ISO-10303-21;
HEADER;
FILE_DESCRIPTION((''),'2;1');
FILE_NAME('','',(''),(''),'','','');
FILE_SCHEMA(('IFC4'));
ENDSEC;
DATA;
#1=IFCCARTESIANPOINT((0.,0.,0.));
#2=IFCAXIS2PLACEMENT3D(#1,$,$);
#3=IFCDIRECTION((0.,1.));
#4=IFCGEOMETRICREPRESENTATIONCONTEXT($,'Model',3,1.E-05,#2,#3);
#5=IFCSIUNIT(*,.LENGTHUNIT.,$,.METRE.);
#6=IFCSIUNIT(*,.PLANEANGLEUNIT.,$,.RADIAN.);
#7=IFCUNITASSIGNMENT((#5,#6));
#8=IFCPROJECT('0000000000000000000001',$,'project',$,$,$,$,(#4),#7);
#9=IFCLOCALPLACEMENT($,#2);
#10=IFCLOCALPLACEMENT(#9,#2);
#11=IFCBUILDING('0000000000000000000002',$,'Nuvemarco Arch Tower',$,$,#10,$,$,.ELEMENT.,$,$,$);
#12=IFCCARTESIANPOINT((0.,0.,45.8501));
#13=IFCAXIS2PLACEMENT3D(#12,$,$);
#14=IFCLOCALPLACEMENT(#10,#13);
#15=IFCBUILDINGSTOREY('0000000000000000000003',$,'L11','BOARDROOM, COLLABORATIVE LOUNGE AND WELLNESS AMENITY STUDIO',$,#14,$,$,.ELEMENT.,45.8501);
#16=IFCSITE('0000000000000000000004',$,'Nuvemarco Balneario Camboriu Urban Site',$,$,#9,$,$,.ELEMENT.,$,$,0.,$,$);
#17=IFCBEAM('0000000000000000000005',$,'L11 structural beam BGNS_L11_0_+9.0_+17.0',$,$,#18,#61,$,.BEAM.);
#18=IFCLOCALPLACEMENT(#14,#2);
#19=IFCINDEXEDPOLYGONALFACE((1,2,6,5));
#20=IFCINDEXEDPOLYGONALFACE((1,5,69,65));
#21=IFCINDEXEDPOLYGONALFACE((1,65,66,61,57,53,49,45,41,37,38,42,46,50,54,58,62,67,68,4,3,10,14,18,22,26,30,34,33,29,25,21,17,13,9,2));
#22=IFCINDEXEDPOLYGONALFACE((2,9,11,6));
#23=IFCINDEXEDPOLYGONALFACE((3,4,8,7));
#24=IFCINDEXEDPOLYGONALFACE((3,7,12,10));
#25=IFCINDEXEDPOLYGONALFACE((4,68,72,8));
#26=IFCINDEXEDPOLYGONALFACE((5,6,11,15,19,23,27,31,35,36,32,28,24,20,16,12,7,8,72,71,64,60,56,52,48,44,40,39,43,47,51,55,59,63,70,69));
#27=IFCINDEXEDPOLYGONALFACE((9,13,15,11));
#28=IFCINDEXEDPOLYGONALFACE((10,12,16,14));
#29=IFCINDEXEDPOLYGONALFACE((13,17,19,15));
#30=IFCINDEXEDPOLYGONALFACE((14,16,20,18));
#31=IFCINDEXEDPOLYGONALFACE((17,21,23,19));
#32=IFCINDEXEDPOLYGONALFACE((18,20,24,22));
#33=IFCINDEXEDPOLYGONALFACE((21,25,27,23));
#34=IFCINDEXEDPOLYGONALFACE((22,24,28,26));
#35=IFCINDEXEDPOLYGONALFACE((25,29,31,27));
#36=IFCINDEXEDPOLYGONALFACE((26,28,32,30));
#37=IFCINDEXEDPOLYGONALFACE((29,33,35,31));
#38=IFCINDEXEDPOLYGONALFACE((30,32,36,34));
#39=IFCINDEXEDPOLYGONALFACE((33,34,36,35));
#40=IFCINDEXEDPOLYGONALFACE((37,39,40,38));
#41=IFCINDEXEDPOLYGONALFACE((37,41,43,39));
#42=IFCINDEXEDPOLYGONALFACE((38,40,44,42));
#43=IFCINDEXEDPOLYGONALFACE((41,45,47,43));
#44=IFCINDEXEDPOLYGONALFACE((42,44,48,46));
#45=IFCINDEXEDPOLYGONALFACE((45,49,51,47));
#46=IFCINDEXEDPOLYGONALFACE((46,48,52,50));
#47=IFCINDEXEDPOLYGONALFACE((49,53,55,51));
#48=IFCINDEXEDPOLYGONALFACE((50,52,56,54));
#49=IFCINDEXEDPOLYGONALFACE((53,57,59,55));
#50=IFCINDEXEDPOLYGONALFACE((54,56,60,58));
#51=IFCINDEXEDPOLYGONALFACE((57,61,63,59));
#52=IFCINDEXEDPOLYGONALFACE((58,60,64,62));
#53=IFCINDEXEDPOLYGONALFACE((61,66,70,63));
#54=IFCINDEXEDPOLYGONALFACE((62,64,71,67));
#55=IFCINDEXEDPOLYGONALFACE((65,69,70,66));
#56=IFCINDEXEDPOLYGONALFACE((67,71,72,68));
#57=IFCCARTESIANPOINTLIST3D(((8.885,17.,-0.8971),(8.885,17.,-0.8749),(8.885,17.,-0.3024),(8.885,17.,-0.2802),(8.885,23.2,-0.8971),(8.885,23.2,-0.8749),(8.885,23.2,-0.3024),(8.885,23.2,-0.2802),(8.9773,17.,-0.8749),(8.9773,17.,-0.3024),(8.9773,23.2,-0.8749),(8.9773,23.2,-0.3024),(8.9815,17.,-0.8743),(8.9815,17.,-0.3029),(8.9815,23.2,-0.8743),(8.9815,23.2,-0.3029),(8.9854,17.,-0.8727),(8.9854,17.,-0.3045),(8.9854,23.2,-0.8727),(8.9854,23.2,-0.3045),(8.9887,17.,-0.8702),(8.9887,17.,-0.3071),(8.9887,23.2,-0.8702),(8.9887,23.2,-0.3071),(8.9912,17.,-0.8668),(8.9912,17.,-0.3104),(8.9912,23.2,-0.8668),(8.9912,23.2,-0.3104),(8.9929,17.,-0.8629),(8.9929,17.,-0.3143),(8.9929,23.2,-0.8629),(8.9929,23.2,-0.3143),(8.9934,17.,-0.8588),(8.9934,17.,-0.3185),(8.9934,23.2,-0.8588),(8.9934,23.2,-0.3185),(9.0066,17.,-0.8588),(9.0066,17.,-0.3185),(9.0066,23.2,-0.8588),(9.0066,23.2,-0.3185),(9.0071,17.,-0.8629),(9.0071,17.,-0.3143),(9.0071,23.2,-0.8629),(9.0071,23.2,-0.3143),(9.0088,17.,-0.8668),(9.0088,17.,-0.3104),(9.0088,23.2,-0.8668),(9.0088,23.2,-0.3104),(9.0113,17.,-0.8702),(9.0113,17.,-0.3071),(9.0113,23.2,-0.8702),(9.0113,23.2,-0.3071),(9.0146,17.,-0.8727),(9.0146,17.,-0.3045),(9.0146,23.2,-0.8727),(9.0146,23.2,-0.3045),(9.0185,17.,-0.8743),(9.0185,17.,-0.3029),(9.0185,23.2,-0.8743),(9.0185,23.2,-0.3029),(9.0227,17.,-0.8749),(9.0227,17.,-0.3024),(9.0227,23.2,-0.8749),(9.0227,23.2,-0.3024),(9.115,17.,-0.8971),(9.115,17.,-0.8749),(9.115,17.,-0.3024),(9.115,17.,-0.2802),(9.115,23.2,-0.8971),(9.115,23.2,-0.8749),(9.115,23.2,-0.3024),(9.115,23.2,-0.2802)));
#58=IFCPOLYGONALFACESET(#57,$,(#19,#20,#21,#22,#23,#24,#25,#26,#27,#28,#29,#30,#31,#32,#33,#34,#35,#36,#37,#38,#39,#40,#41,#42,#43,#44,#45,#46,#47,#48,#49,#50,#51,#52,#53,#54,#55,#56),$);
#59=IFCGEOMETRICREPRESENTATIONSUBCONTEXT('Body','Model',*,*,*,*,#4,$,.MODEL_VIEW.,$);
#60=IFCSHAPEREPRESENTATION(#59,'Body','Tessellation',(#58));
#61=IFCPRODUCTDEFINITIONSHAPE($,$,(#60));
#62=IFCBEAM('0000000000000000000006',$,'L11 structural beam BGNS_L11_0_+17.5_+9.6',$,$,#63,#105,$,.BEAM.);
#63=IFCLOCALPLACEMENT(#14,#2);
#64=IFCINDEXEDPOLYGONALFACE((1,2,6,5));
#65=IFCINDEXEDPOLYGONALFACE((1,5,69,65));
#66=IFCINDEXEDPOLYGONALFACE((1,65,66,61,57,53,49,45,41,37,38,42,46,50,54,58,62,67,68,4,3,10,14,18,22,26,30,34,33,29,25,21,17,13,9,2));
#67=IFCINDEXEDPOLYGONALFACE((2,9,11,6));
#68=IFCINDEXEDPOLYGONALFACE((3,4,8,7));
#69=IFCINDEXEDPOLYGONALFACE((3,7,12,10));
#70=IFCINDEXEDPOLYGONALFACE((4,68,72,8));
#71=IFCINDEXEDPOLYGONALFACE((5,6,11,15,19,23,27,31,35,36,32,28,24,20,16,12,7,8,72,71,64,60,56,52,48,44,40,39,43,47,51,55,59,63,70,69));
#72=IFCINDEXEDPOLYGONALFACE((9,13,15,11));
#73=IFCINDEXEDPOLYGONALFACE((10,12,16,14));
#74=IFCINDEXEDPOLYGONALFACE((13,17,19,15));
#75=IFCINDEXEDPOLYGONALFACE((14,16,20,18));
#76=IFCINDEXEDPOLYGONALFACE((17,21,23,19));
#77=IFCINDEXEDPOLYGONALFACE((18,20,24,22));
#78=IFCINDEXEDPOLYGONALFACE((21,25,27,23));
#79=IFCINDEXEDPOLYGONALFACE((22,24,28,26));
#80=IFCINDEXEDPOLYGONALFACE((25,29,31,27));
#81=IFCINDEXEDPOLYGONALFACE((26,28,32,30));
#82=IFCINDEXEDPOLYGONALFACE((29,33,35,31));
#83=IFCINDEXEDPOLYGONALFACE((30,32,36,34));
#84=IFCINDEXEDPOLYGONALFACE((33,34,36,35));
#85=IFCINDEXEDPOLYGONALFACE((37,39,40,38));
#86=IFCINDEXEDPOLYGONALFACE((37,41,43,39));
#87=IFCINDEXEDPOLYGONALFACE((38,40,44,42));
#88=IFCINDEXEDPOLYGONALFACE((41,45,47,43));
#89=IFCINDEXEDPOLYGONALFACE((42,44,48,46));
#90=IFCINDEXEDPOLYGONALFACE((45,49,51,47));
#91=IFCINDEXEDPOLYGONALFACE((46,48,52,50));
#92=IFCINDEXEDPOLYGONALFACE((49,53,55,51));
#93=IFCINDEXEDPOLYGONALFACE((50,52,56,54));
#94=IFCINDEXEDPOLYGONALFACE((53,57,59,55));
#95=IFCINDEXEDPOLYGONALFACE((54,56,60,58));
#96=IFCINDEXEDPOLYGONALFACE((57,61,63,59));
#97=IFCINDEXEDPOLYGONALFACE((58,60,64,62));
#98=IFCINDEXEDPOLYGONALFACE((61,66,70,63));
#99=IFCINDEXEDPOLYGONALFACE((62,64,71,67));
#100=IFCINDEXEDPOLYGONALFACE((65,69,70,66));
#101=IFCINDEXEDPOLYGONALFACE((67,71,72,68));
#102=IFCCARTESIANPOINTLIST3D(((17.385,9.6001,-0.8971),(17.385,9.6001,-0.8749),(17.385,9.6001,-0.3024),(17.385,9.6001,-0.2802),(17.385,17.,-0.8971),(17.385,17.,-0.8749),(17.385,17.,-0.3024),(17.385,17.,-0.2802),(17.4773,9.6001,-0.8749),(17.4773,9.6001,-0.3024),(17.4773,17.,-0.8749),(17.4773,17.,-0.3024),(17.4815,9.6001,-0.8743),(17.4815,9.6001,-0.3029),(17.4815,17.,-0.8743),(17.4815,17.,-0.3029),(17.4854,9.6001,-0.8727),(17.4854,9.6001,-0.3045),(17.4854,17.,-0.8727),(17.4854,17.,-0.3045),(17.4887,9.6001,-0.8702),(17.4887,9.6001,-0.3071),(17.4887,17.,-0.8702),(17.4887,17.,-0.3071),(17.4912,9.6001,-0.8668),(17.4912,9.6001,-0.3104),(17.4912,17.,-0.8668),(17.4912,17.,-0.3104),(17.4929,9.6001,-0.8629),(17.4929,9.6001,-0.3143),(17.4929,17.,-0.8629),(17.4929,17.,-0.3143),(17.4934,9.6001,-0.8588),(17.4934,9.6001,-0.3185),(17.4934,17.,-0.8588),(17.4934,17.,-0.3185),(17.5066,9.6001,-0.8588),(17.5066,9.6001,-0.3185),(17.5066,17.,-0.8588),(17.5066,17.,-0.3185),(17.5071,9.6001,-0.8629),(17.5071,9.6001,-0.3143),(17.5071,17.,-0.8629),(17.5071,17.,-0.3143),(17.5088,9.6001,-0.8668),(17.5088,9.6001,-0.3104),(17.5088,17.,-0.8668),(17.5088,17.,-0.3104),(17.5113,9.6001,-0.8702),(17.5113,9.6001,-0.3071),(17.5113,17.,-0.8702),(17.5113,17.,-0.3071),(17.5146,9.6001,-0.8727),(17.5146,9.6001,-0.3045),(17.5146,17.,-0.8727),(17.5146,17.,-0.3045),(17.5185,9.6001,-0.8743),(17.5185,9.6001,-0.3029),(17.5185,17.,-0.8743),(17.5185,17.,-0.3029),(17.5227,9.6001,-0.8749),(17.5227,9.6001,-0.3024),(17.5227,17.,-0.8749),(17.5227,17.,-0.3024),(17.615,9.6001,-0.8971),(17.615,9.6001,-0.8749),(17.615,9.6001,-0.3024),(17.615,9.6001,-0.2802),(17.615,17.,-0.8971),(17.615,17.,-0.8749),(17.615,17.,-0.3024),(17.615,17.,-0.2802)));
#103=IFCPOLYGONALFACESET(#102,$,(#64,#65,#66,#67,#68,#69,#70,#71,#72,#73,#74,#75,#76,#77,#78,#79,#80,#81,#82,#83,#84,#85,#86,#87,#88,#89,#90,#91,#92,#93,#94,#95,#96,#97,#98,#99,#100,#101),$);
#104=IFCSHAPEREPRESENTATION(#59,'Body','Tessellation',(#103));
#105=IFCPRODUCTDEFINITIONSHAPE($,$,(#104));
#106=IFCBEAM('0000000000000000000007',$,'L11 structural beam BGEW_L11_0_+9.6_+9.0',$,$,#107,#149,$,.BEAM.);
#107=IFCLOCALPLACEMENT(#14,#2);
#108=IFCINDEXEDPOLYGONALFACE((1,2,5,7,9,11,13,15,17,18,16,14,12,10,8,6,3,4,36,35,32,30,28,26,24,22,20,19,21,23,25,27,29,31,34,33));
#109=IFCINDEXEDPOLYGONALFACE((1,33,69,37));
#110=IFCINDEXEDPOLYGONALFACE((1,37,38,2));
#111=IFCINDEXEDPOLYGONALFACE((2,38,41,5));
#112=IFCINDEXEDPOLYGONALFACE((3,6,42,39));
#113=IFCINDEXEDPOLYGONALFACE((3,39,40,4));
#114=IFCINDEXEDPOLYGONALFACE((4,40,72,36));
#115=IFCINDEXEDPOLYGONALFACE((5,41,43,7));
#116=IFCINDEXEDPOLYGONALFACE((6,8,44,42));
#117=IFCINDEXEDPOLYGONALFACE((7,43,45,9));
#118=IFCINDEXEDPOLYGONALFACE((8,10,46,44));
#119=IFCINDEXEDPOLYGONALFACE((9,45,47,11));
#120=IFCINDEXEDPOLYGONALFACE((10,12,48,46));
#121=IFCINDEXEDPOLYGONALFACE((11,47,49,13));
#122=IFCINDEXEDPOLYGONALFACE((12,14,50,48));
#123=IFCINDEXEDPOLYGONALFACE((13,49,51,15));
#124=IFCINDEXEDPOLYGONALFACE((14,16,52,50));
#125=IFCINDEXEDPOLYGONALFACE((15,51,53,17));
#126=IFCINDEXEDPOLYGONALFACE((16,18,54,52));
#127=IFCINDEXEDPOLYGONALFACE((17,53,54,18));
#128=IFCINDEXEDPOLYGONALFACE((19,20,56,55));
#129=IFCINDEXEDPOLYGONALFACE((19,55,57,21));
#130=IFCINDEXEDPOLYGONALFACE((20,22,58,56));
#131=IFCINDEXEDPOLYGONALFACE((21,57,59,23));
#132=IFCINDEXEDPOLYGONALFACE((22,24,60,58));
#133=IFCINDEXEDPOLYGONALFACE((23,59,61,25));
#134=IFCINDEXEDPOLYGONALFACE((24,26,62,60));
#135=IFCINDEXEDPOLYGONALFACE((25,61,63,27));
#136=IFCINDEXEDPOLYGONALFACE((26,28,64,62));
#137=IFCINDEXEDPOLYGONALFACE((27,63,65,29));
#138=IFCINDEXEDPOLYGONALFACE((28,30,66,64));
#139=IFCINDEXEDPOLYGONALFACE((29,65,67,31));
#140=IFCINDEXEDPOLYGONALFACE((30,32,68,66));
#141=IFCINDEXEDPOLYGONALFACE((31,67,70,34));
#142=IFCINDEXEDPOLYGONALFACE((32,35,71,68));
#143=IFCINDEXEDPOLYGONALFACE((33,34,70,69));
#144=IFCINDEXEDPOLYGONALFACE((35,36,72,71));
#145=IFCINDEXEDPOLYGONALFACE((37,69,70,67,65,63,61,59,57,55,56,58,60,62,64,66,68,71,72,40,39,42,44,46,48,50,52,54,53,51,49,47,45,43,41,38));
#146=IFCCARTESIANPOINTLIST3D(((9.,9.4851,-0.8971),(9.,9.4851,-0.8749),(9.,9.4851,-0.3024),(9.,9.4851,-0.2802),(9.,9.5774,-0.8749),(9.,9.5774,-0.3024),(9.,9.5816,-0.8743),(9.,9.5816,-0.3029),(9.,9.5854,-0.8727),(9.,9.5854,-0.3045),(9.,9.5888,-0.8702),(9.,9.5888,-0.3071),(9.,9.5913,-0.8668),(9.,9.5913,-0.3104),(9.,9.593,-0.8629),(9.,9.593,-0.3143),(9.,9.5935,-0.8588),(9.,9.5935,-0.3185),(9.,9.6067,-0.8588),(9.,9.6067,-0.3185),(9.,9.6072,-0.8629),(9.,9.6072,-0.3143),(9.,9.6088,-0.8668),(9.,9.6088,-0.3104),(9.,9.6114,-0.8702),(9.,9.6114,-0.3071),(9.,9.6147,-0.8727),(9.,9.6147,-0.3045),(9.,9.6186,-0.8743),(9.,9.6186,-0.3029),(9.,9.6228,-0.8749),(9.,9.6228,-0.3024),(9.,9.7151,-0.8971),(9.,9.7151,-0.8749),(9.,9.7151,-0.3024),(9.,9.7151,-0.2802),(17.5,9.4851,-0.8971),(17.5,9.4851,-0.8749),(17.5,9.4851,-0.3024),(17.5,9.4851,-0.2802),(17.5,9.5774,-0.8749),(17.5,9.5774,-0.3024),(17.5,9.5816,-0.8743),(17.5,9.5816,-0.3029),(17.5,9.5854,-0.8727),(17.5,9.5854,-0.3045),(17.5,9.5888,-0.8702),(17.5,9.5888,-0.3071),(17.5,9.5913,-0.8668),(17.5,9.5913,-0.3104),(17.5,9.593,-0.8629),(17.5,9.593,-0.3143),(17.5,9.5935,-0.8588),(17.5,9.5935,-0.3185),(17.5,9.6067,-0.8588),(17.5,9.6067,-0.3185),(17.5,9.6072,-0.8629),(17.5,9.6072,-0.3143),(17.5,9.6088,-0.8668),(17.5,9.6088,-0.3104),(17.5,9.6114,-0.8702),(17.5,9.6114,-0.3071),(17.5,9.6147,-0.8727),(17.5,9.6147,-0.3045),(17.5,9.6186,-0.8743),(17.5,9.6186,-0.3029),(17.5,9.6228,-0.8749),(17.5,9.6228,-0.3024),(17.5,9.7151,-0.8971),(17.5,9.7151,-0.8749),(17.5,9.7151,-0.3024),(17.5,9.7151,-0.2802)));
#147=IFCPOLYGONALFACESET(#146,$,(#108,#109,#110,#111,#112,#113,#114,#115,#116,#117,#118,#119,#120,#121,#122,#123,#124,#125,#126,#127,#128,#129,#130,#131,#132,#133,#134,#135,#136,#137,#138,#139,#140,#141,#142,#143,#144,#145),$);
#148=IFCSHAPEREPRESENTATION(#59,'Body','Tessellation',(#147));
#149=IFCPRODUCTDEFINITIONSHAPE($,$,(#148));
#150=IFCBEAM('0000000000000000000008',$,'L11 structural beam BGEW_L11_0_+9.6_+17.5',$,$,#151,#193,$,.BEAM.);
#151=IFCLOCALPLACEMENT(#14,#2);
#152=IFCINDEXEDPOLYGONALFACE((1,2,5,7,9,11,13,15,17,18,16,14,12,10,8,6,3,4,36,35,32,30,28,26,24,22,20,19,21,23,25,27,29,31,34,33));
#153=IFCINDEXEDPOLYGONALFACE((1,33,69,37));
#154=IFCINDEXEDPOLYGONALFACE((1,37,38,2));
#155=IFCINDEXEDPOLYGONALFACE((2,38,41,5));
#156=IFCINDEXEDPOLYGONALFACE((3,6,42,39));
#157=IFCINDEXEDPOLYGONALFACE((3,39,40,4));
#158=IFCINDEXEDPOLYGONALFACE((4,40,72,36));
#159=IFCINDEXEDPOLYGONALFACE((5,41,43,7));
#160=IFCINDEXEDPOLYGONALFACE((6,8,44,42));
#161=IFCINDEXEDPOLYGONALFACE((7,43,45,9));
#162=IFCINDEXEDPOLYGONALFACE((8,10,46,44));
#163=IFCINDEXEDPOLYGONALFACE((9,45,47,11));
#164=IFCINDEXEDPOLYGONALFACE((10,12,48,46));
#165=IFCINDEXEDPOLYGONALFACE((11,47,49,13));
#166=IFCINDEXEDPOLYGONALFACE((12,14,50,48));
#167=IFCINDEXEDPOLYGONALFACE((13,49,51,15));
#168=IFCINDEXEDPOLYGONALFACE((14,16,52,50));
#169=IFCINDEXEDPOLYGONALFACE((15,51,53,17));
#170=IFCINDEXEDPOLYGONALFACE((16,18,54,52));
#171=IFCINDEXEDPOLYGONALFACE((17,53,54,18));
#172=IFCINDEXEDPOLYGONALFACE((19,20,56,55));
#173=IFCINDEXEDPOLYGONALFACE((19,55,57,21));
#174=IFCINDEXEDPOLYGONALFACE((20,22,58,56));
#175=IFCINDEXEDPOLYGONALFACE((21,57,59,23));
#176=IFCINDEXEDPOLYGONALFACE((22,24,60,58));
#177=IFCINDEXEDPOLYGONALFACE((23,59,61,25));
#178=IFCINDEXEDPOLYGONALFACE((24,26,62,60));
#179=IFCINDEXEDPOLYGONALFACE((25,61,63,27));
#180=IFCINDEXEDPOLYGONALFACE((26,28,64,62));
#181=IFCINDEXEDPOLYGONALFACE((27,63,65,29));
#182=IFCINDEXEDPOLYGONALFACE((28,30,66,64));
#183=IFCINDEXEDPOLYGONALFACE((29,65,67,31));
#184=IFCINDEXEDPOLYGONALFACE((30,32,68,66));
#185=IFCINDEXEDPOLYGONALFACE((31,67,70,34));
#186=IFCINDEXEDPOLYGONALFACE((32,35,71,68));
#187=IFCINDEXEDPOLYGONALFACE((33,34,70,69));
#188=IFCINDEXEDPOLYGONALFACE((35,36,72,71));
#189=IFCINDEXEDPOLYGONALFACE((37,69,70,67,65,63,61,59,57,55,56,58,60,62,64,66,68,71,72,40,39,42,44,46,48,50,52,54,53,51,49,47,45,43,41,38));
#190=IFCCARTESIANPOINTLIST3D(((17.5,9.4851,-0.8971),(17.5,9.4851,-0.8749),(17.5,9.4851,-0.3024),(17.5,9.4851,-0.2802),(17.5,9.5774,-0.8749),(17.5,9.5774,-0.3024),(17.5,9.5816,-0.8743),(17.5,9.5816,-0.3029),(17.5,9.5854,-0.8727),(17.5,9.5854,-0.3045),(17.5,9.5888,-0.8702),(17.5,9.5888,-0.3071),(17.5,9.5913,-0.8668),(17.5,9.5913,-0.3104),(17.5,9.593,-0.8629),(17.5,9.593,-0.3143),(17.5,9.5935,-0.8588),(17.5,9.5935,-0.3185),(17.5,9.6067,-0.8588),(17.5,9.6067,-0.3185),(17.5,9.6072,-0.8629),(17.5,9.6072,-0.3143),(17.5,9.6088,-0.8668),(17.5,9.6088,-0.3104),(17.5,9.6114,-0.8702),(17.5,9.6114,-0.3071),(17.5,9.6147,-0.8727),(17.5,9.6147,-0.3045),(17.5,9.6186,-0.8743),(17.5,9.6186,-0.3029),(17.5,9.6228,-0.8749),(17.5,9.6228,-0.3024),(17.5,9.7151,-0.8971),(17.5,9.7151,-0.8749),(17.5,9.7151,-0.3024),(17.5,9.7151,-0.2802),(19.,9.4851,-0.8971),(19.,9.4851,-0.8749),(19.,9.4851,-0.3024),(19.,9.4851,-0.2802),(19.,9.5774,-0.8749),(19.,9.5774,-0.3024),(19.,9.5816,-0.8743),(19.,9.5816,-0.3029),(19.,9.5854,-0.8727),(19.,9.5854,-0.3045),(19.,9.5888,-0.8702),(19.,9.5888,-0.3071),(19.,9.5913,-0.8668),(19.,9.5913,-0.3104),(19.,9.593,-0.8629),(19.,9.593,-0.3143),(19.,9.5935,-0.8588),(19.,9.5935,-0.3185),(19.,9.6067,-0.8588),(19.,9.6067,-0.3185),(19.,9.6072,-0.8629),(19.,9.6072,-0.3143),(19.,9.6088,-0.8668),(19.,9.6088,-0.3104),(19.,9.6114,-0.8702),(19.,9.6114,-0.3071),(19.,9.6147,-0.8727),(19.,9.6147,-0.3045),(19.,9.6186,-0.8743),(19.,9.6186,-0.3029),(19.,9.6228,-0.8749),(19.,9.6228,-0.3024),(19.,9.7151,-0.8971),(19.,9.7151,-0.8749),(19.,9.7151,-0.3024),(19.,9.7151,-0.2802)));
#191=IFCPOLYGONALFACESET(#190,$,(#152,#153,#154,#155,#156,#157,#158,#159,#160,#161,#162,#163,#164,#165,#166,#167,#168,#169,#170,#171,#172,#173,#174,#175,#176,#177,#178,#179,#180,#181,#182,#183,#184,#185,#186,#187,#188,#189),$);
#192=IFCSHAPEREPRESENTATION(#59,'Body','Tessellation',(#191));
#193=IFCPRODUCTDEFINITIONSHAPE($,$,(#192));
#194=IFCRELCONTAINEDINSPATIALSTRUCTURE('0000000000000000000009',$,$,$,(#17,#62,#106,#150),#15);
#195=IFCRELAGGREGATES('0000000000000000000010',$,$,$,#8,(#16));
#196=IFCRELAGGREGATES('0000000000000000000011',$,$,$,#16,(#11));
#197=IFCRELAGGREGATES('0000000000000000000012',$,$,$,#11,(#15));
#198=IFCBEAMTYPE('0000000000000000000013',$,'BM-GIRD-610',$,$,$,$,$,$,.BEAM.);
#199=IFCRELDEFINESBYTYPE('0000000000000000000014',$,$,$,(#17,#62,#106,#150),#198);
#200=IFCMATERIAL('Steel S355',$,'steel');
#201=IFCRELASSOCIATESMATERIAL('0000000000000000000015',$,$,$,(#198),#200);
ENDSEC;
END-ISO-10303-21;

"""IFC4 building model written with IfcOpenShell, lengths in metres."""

from ifc_helpers import new_model, si_unit, direction, frame, origin, origin_2d, place, context, subcontext, project, spatial, i_section, extrude, material, material_profile, profile_set, type_object, element, save


model = new_model("IFC4")

# Units and contexts
model_context = context("Model", 3, precision=1e-05, world=origin(), true_north=direction((0.0, 1.0)))
body_context = subcontext(model_context, "Body", "Model", "MODEL_VIEW")
ifc_project = project(units=[si_unit("LENGTHUNIT", "METRE"), si_unit("PLANEANGLEUNIT", "RADIAN")], contexts=[model_context])

# Site, building, storey
site_placement = place(None, origin())
site = spatial("IfcSite", under=ifc_project, at=site_placement, Name="Nuvemarco Balneario Camboriu Urban Site", CompositionType="ELEMENT", RefElevation=0.0)
building_placement = place(site_placement, origin())
building = spatial("IfcBuilding", under=site, at=building_placement, Name="Nuvemarco Arch Tower", CompositionType="ELEMENT")
storey_placement = place(building_placement, frame((0.0, 0.0, 45.8501)))
storey = spatial("IfcBuildingStorey", under=building, at=storey_placement, Name="L11", Description="BOARDROOM, COLLABORATIVE LOUNGE AND WELLNESS AMENITY STUDIO", CompositionType="ELEMENT", Elevation=45.8501)

# Shared definitions
ifc_material_1 = material(Name="Steel S355", Category="steel")

# Beams
ifc_material_profile_1 = material_profile(ifc_material_1, i_section(OverallWidth=0.23, OverallDepth=0.6169, WebThickness=0.0132, FlangeThickness=0.0222, FilletRadius=0.0161, at=origin_2d()), Name="W610x140")
ifc_profile_set_1 = profile_set([ifc_material_profile_1], Name="Steel S355")
beam_type_1 = type_object("IfcBeamType", Name="BM-GIRD-610", PredefinedType="BEAM", material=ifc_profile_set_1)
beam_1_placement = place(storey_placement, frame((9.0, 17.0, -0.5886), z_axis=(0.0, 1.0, 0.0), x_axis=(-1.0, 0.0, 0.0)))
element("IfcBeam", 1, at=beam_1_placement, inside=storey, type_object=beam_type_1, Name="L11 structural beam BGNS_L11_0_+9.0_+17.0", PredefinedType="BEAM", context=body_context, shape_type="SweptSolid", body=[
    extrude(i_section(OverallWidth=0.23, OverallDepth=0.6169, WebThickness=0.0132, FlangeThickness=0.0222, FilletRadius=0.0161, at=origin_2d()), origin(), (0.0, 0.0, 1.0), 6.2),
])
beam_2_placement = place(storey_placement, frame((17.5, 9.6001, -0.5886), z_axis=(0.0, 1.0, 0.0), x_axis=(-1.0, 0.0, 0.0)))
element("IfcBeam", 2, at=beam_2_placement, inside=storey, type_object=beam_type_1, Name="L11 structural beam BGNS_L11_0_+17.5_+9.6", PredefinedType="BEAM", context=body_context, shape_type="SweptSolid", body=[
    extrude(i_section(OverallWidth=0.23, OverallDepth=0.6169, WebThickness=0.0132, FlangeThickness=0.0222, FilletRadius=0.0161, at=origin_2d()), origin(), (0.0, 0.0, 1.0), 7.3999),
])
beam_3_placement = place(storey_placement, frame((9.0, 9.6001, -0.5886), z_axis=(1.0, 0.0, 0.0), x_axis=(0.0, 1.0, 0.0)))
element("IfcBeam", 3, at=beam_3_placement, inside=storey, type_object=beam_type_1, Name="L11 structural beam BGEW_L11_0_+9.6_+9.0", PredefinedType="BEAM", context=body_context, shape_type="SweptSolid", body=[
    extrude(i_section(OverallWidth=0.23, OverallDepth=0.6169, WebThickness=0.0132, FlangeThickness=0.0222, FilletRadius=0.0161, at=origin_2d()), origin(), (0.0, 0.0, 1.0), 8.5),
])
beam_4_placement = place(storey_placement, frame((17.5, 9.6001, -0.5886), z_axis=(1.0, 0.0, 0.0), x_axis=(0.0, 1.0, 0.0)))
element("IfcBeam", 4, at=beam_4_placement, inside=storey, type_object=beam_type_1, Name="L11 structural beam BGEW_L11_0_+9.6_+17.5", PredefinedType="BEAM", context=body_context, shape_type="SweptSolid", body=[
    extrude(i_section(OverallWidth=0.23, OverallDepth=0.6169, WebThickness=0.0132, FlangeThickness=0.0222, FilletRadius=0.0161, at=origin_2d()), origin(), (0.0, 0.0, 1.0), 1.5),
])

save(model, "model.ifc")
